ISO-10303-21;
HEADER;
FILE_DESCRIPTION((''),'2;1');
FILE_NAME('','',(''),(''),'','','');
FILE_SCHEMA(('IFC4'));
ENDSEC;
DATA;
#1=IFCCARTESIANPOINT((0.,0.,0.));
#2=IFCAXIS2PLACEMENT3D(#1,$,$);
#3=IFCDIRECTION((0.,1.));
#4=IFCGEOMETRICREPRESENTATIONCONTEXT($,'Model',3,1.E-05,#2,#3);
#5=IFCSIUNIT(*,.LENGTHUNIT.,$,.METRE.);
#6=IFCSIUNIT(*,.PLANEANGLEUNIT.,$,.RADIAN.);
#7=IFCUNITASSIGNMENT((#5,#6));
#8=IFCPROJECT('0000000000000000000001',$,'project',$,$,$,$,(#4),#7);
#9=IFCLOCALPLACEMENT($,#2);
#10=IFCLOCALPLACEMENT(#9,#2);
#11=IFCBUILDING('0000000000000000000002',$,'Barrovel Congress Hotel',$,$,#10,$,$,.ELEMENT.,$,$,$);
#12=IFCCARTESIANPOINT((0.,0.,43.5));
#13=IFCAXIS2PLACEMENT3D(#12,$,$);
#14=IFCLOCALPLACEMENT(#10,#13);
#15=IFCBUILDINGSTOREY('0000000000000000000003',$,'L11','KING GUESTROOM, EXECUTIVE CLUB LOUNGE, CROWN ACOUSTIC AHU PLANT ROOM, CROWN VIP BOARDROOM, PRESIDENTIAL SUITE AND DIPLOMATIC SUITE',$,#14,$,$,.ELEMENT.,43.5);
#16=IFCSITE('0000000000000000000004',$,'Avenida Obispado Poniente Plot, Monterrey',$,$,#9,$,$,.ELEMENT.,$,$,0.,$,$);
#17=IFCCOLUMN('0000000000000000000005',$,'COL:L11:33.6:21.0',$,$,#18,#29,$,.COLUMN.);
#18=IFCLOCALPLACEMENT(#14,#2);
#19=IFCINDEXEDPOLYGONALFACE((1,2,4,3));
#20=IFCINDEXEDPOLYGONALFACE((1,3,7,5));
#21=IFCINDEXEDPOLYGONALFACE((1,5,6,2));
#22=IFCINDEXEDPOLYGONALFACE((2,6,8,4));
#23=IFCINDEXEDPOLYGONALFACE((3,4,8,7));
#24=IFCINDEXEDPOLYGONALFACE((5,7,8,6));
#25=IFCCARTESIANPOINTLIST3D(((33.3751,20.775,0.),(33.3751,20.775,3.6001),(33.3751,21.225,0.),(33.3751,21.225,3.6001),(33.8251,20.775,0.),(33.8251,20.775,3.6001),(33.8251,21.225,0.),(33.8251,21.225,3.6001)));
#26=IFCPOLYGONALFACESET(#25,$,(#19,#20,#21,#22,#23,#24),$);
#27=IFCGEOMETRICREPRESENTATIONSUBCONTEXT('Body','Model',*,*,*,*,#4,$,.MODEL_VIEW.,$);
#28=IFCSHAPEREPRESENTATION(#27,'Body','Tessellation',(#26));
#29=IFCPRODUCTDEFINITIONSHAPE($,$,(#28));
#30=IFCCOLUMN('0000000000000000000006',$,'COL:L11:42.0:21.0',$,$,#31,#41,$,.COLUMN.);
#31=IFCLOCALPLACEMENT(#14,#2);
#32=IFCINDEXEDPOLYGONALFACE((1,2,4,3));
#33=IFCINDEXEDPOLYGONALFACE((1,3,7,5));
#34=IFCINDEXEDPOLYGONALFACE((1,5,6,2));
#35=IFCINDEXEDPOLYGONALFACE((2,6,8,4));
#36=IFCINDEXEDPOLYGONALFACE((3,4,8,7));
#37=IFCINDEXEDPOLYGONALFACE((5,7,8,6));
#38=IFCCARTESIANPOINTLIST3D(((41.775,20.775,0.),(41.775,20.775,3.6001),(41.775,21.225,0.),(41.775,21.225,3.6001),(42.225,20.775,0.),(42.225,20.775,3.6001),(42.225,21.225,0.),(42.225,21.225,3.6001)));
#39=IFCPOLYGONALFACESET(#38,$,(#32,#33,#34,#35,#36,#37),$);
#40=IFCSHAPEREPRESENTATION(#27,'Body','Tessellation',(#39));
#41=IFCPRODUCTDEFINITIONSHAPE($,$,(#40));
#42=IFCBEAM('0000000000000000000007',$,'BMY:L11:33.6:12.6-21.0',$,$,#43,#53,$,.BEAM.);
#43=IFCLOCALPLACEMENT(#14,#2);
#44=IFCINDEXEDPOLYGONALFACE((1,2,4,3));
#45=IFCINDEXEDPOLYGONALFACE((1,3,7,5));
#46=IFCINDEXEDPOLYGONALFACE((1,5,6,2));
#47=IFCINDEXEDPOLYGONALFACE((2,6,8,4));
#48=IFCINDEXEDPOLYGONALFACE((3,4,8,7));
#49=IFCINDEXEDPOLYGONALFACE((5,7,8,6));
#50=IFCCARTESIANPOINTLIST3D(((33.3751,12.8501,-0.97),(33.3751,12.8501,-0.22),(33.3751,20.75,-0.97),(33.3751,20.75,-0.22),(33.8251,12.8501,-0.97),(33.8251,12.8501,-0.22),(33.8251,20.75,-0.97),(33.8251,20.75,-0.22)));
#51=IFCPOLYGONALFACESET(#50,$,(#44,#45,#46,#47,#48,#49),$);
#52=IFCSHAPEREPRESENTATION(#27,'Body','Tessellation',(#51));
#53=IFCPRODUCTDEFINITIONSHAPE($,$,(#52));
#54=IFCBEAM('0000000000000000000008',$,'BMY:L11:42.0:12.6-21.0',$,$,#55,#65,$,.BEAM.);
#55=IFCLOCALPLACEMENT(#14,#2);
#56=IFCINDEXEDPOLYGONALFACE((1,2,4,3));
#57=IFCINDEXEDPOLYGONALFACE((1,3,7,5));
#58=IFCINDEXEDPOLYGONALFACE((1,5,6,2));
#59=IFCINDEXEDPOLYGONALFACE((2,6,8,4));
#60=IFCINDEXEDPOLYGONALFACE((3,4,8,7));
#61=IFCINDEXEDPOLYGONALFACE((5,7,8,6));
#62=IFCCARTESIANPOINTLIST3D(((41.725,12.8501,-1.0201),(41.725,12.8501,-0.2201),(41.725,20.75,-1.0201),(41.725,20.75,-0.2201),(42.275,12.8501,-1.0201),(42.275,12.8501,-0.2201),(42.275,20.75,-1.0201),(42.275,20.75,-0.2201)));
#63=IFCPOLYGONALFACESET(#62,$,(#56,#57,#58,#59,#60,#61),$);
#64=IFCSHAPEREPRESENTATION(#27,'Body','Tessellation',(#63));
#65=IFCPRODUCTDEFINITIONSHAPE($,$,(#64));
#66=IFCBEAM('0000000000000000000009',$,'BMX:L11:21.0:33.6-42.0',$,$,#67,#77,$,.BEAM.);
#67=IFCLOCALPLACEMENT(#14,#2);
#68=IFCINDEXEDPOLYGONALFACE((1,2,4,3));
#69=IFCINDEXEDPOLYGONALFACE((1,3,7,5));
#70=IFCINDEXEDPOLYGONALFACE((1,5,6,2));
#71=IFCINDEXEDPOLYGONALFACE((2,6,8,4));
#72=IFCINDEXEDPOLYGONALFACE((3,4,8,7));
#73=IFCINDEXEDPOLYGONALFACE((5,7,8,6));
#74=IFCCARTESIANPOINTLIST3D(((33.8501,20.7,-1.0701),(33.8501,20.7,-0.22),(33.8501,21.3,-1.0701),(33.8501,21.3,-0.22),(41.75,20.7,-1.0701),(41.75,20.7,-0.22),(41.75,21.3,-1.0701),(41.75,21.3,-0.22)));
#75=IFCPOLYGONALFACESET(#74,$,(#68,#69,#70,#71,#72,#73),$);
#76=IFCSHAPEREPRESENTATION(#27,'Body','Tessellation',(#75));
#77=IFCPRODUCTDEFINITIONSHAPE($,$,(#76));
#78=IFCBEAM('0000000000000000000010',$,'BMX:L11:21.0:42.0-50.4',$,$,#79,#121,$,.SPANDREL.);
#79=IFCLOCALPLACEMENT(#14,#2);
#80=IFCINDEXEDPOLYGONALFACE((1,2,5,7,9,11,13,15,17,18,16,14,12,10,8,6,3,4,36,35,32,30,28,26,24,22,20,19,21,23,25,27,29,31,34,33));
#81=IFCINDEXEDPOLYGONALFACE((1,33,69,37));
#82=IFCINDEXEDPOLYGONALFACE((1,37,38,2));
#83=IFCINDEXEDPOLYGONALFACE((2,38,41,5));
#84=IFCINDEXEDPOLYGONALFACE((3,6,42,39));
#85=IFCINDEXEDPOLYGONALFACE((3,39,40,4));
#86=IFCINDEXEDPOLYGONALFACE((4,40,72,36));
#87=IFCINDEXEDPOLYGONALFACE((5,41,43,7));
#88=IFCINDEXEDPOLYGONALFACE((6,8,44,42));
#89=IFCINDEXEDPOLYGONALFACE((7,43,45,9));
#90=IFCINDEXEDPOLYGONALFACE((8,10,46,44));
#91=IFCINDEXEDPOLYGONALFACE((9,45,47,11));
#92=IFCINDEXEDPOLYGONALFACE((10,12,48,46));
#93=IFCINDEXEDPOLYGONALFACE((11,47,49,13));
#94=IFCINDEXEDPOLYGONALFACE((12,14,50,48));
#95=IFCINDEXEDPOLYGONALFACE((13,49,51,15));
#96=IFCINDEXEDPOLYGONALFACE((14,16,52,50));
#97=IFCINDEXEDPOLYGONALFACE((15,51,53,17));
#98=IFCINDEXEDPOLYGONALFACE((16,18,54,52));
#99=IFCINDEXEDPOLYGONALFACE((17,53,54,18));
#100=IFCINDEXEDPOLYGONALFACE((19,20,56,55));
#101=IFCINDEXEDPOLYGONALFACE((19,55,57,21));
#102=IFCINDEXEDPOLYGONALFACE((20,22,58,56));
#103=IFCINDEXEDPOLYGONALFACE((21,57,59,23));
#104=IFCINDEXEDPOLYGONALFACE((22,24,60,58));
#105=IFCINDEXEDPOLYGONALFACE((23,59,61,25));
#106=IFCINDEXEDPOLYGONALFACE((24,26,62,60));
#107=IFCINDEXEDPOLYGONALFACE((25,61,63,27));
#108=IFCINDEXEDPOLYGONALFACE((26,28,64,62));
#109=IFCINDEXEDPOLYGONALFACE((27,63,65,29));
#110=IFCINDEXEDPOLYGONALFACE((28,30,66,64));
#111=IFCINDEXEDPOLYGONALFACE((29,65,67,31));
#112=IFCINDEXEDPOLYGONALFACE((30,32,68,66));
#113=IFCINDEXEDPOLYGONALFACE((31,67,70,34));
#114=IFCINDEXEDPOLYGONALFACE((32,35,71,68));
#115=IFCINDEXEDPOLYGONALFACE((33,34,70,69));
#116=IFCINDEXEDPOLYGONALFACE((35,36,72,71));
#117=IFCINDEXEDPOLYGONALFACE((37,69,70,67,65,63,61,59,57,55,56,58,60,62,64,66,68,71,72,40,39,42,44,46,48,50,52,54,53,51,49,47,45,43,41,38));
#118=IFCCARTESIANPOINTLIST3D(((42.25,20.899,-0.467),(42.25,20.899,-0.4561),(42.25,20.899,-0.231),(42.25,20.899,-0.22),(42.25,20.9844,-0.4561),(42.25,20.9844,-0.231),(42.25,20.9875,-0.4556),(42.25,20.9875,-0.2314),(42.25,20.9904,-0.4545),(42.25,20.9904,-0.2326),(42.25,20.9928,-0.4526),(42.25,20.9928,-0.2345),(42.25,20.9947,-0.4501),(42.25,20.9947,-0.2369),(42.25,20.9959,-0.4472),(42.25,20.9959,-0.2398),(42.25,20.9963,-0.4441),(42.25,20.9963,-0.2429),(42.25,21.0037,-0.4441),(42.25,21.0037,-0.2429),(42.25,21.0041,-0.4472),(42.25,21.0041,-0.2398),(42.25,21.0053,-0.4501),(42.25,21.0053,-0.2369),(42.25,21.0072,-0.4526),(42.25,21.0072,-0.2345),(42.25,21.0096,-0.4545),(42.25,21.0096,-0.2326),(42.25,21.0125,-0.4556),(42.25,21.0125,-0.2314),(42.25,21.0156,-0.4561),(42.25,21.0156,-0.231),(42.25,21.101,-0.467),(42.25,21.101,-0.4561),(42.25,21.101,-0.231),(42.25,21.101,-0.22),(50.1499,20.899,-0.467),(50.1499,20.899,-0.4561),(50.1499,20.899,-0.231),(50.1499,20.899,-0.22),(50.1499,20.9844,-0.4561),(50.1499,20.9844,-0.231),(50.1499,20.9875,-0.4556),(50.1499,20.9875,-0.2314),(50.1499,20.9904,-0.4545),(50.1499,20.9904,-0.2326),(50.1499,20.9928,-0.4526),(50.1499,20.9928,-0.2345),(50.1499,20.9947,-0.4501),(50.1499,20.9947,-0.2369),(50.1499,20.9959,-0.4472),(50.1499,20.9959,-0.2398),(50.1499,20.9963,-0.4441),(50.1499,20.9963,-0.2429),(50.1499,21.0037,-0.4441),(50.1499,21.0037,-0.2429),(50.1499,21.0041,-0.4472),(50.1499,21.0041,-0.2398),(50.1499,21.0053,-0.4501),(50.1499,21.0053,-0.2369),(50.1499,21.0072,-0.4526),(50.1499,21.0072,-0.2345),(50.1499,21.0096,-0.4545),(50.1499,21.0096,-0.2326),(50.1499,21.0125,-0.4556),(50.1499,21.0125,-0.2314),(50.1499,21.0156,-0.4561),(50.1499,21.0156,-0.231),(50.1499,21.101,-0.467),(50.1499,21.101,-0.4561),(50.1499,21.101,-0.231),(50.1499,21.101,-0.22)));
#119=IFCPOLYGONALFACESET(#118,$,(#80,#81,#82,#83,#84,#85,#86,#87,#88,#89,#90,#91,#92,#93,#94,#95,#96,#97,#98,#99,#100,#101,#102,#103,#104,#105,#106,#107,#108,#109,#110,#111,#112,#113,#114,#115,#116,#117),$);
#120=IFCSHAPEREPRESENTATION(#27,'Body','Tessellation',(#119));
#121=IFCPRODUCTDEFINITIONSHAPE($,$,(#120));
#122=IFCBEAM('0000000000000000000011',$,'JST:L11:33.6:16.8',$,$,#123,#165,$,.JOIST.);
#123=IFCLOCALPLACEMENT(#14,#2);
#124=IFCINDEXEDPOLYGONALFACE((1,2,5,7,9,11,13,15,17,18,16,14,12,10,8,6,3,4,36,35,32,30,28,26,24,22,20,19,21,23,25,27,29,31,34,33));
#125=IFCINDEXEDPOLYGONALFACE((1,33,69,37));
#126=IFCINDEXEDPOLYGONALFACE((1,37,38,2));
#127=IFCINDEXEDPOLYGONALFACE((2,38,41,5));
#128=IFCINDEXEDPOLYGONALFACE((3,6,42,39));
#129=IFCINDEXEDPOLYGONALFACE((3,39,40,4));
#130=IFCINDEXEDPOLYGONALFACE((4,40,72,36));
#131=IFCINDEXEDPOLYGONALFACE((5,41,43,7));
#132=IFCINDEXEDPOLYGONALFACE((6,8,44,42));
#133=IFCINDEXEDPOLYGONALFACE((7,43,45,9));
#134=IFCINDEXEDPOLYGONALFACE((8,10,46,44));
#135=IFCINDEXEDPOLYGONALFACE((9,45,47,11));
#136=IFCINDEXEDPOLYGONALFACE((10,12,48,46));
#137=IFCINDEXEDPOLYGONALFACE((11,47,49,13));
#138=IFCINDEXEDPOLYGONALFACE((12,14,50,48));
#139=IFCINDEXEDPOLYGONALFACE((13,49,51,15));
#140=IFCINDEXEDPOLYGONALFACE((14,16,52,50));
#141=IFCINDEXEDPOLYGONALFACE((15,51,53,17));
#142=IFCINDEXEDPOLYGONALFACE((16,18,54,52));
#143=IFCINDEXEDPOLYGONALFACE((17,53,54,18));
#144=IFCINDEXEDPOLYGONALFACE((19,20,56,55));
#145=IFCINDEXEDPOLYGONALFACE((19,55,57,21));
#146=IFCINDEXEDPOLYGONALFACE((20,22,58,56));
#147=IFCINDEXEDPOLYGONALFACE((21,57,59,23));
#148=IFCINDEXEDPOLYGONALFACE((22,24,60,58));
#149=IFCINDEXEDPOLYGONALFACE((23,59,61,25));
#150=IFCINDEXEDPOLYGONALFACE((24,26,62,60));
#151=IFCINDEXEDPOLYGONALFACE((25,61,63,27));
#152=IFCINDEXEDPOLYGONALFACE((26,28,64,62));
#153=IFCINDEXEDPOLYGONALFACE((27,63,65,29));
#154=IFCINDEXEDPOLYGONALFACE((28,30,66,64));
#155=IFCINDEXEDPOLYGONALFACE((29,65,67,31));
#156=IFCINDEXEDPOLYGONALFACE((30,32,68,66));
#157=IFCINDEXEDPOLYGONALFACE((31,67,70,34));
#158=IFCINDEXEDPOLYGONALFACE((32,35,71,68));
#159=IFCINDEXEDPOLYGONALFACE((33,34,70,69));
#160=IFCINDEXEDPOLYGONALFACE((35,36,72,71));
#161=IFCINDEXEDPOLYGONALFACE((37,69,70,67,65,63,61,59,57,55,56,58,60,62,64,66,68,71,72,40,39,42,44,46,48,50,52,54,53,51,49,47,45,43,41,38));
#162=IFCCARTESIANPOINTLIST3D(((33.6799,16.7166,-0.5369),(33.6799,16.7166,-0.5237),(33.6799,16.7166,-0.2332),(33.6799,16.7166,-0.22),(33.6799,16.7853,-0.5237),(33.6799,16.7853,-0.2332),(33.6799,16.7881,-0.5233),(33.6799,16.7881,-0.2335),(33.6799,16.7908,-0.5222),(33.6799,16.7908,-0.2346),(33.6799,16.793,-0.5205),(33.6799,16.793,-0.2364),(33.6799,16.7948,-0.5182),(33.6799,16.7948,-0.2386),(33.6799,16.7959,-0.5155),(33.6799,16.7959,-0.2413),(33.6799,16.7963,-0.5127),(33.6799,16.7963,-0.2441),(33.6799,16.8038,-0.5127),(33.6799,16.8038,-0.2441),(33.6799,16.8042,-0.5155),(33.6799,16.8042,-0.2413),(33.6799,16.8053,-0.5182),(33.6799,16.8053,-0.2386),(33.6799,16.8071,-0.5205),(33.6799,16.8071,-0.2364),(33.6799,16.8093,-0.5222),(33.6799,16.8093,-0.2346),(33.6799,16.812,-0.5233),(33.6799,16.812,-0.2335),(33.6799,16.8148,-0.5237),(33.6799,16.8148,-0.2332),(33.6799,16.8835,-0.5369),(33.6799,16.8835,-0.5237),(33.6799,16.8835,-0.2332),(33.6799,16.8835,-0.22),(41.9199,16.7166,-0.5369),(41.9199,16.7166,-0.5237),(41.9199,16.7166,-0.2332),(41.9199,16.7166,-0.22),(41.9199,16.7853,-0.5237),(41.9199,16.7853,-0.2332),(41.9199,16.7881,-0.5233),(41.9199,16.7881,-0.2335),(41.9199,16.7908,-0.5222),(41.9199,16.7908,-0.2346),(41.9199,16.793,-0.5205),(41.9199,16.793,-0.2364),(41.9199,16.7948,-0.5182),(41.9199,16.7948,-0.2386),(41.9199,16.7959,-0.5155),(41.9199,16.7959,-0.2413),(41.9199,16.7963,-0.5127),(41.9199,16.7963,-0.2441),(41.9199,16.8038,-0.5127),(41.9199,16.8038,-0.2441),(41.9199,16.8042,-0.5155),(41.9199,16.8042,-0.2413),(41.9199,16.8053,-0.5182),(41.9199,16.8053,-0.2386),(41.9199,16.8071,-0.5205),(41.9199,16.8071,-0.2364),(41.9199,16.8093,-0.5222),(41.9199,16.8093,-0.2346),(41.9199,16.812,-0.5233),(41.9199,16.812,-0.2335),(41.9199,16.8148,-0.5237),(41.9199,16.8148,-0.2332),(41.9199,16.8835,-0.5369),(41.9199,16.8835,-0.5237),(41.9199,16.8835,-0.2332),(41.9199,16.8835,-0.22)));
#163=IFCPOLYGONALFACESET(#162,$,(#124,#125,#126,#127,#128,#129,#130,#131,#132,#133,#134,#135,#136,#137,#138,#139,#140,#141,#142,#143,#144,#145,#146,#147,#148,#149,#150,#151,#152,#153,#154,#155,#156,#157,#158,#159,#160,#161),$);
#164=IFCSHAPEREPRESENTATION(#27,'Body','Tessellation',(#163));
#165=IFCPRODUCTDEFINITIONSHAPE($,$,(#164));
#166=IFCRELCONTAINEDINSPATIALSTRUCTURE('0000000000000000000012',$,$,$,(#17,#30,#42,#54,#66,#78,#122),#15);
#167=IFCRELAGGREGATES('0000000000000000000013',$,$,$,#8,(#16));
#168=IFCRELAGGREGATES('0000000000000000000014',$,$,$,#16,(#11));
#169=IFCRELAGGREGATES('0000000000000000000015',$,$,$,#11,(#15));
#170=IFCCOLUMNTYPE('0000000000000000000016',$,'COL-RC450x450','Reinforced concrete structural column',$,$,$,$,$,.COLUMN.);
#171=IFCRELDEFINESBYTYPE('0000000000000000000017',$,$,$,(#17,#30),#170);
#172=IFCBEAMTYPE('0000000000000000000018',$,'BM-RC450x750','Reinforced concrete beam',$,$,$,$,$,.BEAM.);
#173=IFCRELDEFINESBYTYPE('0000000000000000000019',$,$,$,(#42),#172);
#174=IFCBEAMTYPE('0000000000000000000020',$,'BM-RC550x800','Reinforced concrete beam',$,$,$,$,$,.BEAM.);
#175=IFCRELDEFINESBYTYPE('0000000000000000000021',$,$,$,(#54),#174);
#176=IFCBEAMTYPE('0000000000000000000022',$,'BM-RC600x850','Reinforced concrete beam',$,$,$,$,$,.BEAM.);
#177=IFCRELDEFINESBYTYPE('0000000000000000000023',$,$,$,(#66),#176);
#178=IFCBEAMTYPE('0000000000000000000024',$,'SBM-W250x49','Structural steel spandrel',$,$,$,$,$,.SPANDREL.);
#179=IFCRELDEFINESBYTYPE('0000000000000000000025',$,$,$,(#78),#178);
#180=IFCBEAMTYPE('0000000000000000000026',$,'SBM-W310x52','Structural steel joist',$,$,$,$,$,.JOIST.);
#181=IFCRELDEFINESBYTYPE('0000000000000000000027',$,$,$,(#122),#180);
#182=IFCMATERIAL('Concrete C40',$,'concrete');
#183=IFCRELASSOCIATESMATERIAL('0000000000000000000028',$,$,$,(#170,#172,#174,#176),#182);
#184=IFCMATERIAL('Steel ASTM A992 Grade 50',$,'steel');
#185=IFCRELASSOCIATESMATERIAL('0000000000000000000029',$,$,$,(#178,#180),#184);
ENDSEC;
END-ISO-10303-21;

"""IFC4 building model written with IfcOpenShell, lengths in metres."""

from ifc_helpers import new_model, si_unit, direction, frame, origin, origin_2d, place, context, subcontext, project, spatial, rectangle, i_section, extrude, material, material_profile, profile_set, type_object, element, save


model = new_model("IFC4")

# Units and contexts
model_context = context("Model", 3, precision=1e-05, world=origin(), true_north=direction((0.0, 1.0)))
body_context = subcontext(model_context, "Body", "Model", "MODEL_VIEW")
ifc_project = project(units=[si_unit("LENGTHUNIT", "METRE"), si_unit("PLANEANGLEUNIT", "RADIAN")], contexts=[model_context])

# Site, building, storey
site_placement = place(None, origin())
site = spatial("IfcSite", under=ifc_project, at=site_placement, Name="Avenida Obispado Poniente Plot, Monterrey", CompositionType="ELEMENT", RefElevation=0.0)
building_placement = place(site_placement, origin())
building = spatial("IfcBuilding", under=site, at=building_placement, Name="Barrovel Congress Hotel", CompositionType="ELEMENT")
storey_placement = place(building_placement, frame((0.0, 0.0, 43.5)))
storey = spatial("IfcBuildingStorey", under=building, at=storey_placement, Name="L11", Description="KING GUESTROOM, EXECUTIVE CLUB LOUNGE, CROWN ACOUSTIC AHU PLANT ROOM, CROWN VIP BOARDROOM, PRESIDENTIAL SUITE AND DIPLOMATIC SUITE", CompositionType="ELEMENT", Elevation=43.5)

# Columns
ifc_material_1 = material(Name="Concrete C40", Category="concrete")
ifc_material_profile_1 = material_profile(ifc_material_1, rectangle(XDim=0.45, YDim=0.45, at=origin_2d()), Name="RC450x450")
ifc_profile_set_1 = profile_set([ifc_material_profile_1], Name="Concrete C40")
column_type = type_object("IfcColumnType", Name="COL-RC450x450", Description="Reinforced concrete structural column", PredefinedType="COLUMN", material=ifc_profile_set_1)
for number, where, z_axis, x_axis, name in (
    (1, (33.6001, 21.0, 0.0), (0.0, 0.0, 1.0), (1.0, 0.0, 0.0), "COL:L11:33.6:21.0"),
    (2, (42.0, 21.0, 0.0), (0.0, 0.0, 1.0), (1.0, 0.0, 0.0), "COL:L11:42.0:21.0"),
):
    element("IfcColumn", number, at=place(storey_placement, frame(where, z_axis=z_axis, x_axis=x_axis)), inside=storey, type_object=column_type, Name=name, PredefinedType="COLUMN", context=body_context, shape_type="SweptSolid", body=[
        extrude(rectangle(XDim=0.45, YDim=0.45, at=origin_2d()), origin(), (0.0, 0.0, 1.0), 3.6001),
    ])

# Beams
ifc_material_profile_2 = material_profile(ifc_material_1, rectangle(XDim=0.45, YDim=0.75, at=origin_2d()), Name="RC450x750")
ifc_profile_set_2 = profile_set([ifc_material_profile_2], Name="Concrete C40")
beam_type_1 = type_object("IfcBeamType", Name="BM-RC450x750", Description="Reinforced concrete beam", PredefinedType="BEAM", material=ifc_profile_set_2)
beam_1_placement = place(storey_placement, frame((33.6001, 12.8501, -0.595), z_axis=(0.0, 1.0, 0.0), x_axis=(-1.0, 0.0, 0.0)))
element("IfcBeam", 3, at=beam_1_placement, inside=storey, type_object=beam_type_1, Name="BMY:L11:33.6:12.6-21.0", PredefinedType="BEAM", context=body_context, shape_type="SweptSolid", body=[
    extrude(rectangle(XDim=0.45, YDim=0.75, at=origin_2d()), origin(), (0.0, 0.0, 1.0), 7.8999),
])
ifc_material_profile_3 = material_profile(ifc_material_1, rectangle(XDim=0.55, YDim=0.8, at=origin_2d()), Name="RC550x800")
ifc_profile_set_3 = profile_set([ifc_material_profile_3], Name="Concrete C40")
beam_type_2 = type_object("IfcBeamType", Name="BM-RC550x800", Description="Reinforced concrete beam", PredefinedType="BEAM", material=ifc_profile_set_3)
beam_2_placement = place(storey_placement, frame((42.0, 12.8501, -0.6201), z_axis=(0.0, 1.0, 0.0), x_axis=(-1.0, 0.0, 0.0)))
element("IfcBeam", 4, at=beam_2_placement, inside=storey, type_object=beam_type_2, Name="BMY:L11:42.0:12.6-21.0", PredefinedType="BEAM", context=body_context, shape_type="SweptSolid", body=[
    extrude(rectangle(XDim=0.55, YDim=0.8, at=origin_2d()), origin(), (0.0, 0.0, 1.0), 7.8999),
])
ifc_material_profile_4 = material_profile(ifc_material_1, rectangle(XDim=0.6001, YDim=0.8501, at=origin_2d()), Name="RC600x850")
ifc_profile_set_4 = profile_set([ifc_material_profile_4], Name="Concrete C40")
beam_type_3 = type_object("IfcBeamType", Name="BM-RC600x850", Description="Reinforced concrete beam", PredefinedType="BEAM", material=ifc_profile_set_4)
beam_3_placement = place(storey_placement, frame((33.8501, 21.0, -0.645), z_axis=(1.0, 0.0, 0.0), x_axis=(0.0, 1.0, 0.0)))
element("IfcBeam", 5, at=beam_3_placement, inside=storey, type_object=beam_type_3, Name="BMX:L11:21.0:33.6-42.0", PredefinedType="BEAM", context=body_context, shape_type="SweptSolid", body=[
    extrude(rectangle(XDim=0.6001, YDim=0.8501, at=origin_2d()), origin(), (0.0, 0.0, 1.0), 7.8999),
])
ifc_material_2 = material(Name="Steel ASTM A992 Grade 50", Category="steel")
ifc_material_profile_5 = material_profile(ifc_material_2, i_section(OverallWidth=0.2019, OverallDepth=0.2471, WebThickness=0.0073, FlangeThickness=0.011, FilletRadius=0.012, at=origin_2d()), Name="W250x49")
ifc_profile_set_5 = profile_set([ifc_material_profile_5], Name="Steel ASTM A992 Grade 50")
beam_type_4 = type_object("IfcBeamType", Name="SBM-W250x49", Description="Structural steel spandrel", PredefinedType="SPANDREL", material=ifc_profile_set_5)
beam_4_placement = place(storey_placement, frame((42.25, 21.0, -0.3435), z_axis=(1.0, 0.0, 0.0), x_axis=(0.0, 1.0, 0.0)))
element("IfcBeam", 6, at=beam_4_placement, inside=storey, type_object=beam_type_4, Name="BMX:L11:21.0:42.0-50.4", PredefinedType="SPANDREL", context=body_context, shape_type="SweptSolid", body=[
    extrude(i_section(OverallWidth=0.2019, OverallDepth=0.2471, WebThickness=0.0073, FlangeThickness=0.011, FilletRadius=0.012, at=origin_2d()), origin(), (0.0, 0.0, 1.0), 7.8999),
])
ifc_material_profile_6 = material_profile(ifc_material_2, i_section(OverallWidth=0.167, OverallDepth=0.3169, WebThickness=0.0076, FlangeThickness=0.0132, FilletRadius=0.011, at=origin_2d()), Name="W310x52")
ifc_profile_set_6 = profile_set([ifc_material_profile_6], Name="Steel ASTM A992 Grade 50")
beam_type_5 = type_object("IfcBeamType", Name="SBM-W310x52", Description="Structural steel joist", PredefinedType="JOIST", material=ifc_profile_set_6)
beam_5_placement = place(storey_placement, frame((33.6799, 16.8, -0.3784), z_axis=(1.0, 0.0, 0.0), x_axis=(0.0, 1.0, 0.0)))
element("IfcBeam", 7, at=beam_5_placement, inside=storey, type_object=beam_type_5, Name="JST:L11:33.6:16.8", PredefinedType="JOIST", context=body_context, shape_type="SweptSolid", body=[
    extrude(i_section(OverallWidth=0.167, OverallDepth=0.3169, WebThickness=0.0076, FlangeThickness=0.0132, FilletRadius=0.011, at=origin_2d()), origin(), (0.0, 0.0, 1.0), 8.24),
])

save(model, "model.ifc")
